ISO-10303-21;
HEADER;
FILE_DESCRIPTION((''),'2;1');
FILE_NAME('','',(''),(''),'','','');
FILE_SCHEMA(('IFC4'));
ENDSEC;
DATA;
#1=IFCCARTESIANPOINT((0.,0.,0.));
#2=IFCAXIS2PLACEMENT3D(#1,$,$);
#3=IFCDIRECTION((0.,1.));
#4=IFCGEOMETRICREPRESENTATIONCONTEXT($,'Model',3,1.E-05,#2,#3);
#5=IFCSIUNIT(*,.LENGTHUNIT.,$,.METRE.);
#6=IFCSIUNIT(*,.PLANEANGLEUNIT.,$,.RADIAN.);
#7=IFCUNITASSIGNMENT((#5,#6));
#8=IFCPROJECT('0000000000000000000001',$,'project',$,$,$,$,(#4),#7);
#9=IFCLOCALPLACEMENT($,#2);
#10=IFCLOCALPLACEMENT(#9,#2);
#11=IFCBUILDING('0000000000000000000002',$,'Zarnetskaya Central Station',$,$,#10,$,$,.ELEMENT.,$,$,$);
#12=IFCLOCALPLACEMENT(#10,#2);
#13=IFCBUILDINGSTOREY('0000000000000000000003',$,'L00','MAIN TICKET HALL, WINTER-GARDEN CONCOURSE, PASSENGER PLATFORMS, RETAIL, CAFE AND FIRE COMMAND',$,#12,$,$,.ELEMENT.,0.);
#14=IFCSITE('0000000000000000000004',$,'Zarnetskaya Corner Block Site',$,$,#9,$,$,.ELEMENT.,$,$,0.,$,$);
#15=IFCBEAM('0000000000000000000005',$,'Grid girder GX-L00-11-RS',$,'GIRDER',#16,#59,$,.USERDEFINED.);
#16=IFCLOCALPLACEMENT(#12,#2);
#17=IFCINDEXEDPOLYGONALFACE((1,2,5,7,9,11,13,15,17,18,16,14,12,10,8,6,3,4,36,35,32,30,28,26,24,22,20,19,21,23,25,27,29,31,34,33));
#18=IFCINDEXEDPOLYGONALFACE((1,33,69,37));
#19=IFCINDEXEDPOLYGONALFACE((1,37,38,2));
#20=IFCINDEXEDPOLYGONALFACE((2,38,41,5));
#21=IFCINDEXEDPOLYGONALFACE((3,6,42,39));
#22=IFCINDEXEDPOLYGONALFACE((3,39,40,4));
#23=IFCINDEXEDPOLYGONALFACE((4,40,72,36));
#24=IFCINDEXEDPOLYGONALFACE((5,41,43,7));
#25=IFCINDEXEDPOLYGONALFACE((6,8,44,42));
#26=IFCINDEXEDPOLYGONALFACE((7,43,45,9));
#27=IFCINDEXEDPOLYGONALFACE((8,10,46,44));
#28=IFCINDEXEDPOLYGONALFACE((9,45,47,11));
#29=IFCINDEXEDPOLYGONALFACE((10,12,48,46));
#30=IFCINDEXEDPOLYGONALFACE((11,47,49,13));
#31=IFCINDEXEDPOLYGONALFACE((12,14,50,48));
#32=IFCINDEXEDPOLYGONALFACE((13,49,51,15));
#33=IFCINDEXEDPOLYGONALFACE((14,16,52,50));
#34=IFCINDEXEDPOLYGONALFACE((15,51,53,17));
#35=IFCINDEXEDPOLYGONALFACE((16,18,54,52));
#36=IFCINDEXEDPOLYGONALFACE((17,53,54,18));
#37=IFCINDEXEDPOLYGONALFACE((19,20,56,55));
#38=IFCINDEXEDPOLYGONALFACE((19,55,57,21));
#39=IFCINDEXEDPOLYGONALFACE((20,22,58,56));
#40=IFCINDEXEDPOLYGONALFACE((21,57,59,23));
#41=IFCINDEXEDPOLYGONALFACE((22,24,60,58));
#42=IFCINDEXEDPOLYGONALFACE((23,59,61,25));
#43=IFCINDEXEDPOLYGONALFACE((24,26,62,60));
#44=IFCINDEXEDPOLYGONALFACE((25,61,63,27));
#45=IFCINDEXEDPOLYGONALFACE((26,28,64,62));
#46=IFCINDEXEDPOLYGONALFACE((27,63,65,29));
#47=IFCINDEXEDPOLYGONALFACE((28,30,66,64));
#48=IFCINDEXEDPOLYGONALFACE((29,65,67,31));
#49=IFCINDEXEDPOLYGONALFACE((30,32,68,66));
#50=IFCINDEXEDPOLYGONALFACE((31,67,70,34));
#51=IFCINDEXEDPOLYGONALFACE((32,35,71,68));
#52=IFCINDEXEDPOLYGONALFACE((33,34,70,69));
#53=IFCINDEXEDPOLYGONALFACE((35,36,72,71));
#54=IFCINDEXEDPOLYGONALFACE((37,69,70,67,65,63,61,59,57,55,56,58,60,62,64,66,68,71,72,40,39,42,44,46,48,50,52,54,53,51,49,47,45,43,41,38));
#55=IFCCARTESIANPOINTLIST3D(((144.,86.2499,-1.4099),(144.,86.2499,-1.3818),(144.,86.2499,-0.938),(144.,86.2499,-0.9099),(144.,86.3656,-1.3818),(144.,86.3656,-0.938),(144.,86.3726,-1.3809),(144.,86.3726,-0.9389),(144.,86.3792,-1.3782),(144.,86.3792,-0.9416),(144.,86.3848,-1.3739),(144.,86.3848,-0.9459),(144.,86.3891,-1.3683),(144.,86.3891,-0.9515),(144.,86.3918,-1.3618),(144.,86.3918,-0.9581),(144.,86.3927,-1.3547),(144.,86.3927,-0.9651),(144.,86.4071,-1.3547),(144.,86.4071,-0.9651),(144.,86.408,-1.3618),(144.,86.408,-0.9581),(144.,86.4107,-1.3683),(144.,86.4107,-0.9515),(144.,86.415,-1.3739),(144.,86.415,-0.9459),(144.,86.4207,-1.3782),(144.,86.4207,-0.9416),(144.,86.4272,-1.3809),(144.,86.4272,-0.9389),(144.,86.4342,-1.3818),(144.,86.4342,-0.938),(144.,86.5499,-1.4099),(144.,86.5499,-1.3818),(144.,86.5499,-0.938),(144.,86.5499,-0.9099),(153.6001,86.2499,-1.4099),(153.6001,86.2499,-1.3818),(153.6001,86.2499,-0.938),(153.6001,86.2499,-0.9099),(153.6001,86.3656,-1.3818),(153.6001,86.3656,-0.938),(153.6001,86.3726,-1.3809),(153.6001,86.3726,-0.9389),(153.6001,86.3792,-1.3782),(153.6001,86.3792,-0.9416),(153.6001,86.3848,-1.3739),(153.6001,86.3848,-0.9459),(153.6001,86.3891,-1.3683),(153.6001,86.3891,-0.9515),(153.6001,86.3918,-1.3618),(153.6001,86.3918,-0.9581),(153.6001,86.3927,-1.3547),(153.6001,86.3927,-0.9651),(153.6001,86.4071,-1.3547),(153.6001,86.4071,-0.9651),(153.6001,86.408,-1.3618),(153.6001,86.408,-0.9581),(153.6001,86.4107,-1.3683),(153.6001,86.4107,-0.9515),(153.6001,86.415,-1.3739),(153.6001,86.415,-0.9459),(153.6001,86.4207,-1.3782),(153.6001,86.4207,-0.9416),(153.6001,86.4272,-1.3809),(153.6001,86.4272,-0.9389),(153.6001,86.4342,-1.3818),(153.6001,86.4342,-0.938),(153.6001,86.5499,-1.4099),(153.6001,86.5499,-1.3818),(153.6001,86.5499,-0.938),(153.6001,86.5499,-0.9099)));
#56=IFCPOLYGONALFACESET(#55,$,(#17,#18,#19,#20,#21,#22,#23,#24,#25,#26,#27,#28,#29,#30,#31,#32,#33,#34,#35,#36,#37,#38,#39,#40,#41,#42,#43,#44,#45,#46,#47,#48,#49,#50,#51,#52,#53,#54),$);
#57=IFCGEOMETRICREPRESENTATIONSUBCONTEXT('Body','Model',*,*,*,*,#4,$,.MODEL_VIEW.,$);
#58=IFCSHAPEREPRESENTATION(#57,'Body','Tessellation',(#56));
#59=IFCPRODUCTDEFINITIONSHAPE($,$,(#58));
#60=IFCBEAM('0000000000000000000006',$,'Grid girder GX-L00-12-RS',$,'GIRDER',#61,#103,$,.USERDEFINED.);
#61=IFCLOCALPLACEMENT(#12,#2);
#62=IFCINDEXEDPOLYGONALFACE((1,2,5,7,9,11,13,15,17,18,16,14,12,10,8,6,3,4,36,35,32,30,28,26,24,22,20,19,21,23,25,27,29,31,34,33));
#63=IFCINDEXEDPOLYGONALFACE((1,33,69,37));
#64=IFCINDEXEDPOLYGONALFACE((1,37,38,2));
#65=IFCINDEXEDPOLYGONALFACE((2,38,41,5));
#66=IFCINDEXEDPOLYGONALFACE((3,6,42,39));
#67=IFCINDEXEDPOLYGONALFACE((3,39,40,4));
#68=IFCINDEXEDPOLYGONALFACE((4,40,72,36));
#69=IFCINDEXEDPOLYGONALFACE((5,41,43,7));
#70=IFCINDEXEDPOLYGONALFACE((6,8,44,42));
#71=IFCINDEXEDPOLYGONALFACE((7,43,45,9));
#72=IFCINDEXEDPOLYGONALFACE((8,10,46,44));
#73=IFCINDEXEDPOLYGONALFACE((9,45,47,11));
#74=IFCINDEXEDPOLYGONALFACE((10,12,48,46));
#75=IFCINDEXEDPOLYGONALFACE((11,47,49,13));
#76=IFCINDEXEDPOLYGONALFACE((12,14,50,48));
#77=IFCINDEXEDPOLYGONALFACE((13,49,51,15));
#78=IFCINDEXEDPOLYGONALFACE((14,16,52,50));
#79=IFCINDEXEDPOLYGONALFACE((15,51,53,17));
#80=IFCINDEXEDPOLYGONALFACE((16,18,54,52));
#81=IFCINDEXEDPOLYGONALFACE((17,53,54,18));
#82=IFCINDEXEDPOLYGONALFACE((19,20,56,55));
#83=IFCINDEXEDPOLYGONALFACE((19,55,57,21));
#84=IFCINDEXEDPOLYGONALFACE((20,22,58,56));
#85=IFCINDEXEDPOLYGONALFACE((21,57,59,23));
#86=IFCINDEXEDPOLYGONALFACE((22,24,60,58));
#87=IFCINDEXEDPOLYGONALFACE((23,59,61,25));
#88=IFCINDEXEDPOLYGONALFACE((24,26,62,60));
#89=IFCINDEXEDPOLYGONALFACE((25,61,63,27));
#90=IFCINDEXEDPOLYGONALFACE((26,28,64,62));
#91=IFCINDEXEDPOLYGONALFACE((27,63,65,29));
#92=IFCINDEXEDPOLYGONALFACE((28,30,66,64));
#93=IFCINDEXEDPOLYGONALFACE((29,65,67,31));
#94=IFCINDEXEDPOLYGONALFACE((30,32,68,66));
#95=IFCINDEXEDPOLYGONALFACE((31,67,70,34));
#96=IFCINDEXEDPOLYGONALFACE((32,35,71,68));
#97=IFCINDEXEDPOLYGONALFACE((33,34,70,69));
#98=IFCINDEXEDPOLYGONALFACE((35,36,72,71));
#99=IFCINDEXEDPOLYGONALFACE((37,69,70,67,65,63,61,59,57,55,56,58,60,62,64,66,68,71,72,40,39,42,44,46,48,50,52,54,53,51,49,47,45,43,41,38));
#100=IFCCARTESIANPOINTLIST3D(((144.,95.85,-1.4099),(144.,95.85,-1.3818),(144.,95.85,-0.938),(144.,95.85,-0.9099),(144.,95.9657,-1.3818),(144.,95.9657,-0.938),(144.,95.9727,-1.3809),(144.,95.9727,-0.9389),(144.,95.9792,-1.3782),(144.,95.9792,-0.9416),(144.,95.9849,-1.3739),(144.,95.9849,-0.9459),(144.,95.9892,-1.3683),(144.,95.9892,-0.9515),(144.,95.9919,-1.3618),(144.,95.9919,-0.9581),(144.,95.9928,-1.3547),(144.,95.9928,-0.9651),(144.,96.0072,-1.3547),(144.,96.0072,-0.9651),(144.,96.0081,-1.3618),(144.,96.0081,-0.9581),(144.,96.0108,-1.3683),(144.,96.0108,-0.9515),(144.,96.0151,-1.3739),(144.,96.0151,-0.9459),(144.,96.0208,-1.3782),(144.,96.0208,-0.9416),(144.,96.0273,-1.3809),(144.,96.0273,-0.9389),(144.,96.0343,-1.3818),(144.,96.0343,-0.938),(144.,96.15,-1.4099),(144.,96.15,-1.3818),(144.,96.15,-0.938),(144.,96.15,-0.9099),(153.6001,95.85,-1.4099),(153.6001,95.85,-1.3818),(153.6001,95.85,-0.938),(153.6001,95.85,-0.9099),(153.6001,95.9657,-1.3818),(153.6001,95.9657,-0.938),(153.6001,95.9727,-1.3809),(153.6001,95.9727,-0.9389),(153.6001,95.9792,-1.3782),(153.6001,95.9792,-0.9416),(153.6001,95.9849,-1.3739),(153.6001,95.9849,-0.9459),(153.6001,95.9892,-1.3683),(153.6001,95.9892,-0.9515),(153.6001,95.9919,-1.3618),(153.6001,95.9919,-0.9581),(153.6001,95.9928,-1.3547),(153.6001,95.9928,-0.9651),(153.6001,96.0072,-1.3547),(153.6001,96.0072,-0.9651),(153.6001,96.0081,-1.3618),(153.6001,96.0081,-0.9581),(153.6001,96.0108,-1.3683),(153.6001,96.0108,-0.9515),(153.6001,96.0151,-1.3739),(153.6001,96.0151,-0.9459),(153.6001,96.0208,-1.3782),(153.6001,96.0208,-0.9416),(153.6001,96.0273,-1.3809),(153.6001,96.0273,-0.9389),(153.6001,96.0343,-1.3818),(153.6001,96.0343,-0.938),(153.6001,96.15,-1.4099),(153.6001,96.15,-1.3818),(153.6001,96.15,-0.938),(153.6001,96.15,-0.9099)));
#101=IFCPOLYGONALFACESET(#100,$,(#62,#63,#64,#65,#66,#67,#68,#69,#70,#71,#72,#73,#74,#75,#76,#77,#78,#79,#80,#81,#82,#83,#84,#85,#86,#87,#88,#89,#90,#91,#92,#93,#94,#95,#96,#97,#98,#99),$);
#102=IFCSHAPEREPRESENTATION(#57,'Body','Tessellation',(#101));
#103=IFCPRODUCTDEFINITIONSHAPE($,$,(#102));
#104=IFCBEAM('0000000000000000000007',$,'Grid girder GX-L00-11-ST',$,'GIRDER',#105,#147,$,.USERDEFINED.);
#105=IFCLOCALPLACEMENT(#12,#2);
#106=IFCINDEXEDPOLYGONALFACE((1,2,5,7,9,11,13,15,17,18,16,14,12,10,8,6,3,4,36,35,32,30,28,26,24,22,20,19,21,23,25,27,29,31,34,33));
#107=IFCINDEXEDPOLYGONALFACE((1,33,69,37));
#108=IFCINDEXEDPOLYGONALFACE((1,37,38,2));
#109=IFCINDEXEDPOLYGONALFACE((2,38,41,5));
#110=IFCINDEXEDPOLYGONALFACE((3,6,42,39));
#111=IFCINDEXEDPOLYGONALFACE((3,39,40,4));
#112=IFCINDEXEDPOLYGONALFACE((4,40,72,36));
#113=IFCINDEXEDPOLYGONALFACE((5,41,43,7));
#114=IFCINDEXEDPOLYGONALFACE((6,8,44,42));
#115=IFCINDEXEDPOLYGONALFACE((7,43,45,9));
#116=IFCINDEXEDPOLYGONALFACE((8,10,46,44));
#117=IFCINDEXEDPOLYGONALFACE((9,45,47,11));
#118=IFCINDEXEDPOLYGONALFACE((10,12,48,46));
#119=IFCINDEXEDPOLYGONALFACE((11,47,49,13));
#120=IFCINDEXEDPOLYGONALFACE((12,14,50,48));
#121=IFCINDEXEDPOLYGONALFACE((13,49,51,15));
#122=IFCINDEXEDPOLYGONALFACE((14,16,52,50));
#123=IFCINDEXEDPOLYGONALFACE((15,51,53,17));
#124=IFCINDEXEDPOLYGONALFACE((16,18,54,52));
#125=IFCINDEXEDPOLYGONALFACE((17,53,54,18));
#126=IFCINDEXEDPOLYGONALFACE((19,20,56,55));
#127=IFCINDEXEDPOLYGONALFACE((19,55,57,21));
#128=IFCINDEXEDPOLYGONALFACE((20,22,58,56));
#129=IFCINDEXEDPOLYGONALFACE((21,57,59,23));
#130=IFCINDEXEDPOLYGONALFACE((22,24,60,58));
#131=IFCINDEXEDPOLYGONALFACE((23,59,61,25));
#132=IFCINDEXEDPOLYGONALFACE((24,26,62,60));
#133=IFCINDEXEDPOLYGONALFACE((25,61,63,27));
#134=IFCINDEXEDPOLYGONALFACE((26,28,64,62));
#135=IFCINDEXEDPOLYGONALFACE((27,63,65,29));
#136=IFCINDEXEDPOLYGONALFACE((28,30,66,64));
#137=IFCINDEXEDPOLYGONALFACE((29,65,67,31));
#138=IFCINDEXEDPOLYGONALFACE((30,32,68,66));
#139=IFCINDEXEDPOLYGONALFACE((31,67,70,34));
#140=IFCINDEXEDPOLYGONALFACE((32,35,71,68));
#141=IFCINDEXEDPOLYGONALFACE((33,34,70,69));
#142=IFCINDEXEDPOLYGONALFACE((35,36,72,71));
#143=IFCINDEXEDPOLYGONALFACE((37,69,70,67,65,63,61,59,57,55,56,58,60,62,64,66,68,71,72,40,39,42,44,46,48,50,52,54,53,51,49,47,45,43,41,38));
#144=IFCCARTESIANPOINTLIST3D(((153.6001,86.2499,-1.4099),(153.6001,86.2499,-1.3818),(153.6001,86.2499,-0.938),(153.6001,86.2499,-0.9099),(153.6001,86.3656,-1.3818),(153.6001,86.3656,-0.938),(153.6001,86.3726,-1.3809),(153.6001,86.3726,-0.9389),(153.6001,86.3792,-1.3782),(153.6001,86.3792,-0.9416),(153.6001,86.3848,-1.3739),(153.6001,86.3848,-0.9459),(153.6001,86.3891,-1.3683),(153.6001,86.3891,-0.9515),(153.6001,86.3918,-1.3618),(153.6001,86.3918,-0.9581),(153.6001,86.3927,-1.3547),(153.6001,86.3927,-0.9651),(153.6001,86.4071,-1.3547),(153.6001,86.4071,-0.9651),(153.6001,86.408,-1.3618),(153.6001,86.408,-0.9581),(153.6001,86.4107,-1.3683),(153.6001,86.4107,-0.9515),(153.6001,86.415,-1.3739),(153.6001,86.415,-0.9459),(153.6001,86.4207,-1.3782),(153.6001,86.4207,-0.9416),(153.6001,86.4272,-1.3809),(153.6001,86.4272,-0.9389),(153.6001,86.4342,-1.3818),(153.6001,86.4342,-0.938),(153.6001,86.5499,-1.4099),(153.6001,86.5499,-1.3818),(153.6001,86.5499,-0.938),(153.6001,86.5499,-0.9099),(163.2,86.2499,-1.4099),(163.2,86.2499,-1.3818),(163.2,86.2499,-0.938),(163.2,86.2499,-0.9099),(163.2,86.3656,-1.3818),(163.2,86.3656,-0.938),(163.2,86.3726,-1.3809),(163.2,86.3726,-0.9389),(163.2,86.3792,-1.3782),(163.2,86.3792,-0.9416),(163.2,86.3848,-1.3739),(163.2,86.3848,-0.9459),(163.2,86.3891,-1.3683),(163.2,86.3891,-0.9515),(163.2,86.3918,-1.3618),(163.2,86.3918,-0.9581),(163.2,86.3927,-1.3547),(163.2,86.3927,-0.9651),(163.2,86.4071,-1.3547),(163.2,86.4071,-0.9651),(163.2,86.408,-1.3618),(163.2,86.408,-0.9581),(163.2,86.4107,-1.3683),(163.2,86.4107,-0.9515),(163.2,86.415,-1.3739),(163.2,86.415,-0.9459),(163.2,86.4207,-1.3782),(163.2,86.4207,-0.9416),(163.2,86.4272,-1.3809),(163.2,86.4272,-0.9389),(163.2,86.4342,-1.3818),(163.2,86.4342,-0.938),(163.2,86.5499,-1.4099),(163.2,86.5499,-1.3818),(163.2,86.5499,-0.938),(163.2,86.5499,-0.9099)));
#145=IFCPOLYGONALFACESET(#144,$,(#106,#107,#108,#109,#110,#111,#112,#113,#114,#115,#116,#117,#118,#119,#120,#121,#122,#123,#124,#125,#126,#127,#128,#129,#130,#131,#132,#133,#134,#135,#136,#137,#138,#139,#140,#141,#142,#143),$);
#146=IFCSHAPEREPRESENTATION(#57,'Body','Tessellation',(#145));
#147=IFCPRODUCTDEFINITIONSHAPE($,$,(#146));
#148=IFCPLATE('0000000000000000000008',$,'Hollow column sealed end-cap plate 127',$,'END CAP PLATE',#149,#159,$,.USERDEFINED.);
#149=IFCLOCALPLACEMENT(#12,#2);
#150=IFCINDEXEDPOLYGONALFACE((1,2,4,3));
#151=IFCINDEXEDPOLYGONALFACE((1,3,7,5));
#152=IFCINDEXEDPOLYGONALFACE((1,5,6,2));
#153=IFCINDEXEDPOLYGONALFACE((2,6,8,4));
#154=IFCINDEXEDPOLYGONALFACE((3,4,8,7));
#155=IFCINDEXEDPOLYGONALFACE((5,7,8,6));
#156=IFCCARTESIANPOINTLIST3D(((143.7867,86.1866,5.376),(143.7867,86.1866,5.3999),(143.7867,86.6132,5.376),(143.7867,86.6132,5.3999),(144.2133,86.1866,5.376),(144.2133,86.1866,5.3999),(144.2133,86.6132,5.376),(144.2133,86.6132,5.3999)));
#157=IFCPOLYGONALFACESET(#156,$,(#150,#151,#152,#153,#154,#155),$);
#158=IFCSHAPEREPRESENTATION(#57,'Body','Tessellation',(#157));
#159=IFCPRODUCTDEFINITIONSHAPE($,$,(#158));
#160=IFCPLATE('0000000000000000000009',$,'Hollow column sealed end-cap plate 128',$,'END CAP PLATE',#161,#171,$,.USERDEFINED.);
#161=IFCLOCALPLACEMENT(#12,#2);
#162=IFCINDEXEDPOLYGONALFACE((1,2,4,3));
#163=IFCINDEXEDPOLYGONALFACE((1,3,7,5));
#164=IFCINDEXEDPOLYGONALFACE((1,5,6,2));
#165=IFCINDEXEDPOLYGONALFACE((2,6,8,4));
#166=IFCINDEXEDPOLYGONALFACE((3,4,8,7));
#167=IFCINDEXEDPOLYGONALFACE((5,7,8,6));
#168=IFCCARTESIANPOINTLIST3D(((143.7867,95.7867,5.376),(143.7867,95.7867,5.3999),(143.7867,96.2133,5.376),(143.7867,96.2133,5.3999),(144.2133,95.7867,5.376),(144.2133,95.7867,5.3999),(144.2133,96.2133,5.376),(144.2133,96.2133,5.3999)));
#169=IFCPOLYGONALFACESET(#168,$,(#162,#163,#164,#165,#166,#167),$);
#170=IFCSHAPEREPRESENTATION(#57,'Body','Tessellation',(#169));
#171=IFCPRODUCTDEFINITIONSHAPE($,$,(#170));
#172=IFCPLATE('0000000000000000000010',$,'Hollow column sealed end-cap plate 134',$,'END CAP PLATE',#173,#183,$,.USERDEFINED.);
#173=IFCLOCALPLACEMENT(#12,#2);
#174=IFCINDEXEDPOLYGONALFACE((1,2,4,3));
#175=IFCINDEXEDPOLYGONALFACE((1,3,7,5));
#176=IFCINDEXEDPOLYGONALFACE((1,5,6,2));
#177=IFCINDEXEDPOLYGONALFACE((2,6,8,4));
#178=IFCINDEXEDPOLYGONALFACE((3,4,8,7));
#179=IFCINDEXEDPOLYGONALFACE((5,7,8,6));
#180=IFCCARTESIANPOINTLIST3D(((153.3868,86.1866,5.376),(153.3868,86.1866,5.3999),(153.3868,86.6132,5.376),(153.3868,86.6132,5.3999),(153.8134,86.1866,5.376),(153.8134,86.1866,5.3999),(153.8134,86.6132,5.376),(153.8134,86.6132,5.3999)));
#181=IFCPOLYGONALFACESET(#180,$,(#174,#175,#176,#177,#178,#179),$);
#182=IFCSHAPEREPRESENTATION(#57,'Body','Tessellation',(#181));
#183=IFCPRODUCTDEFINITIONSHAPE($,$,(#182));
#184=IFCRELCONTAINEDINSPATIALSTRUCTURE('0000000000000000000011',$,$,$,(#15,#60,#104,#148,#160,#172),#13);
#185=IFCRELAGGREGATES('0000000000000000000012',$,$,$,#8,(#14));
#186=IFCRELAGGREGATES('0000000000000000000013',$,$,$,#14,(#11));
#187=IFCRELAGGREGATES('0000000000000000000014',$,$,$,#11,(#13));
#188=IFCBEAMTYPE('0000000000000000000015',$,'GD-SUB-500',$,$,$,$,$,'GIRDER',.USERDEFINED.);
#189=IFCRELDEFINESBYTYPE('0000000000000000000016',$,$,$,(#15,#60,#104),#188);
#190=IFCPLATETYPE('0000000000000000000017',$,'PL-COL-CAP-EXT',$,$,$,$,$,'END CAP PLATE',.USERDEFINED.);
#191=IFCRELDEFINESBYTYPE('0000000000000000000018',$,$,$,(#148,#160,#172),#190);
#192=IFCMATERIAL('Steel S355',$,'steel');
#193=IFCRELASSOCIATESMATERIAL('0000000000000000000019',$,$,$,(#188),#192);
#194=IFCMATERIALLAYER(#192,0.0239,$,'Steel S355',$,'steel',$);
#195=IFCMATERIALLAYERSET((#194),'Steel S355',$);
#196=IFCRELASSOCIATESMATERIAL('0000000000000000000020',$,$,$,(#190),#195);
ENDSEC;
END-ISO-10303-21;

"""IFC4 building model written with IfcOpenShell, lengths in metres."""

from ifc_helpers import new_model, si_unit, direction, frame, origin, origin_2d, place, context, subcontext, project, spatial, rectangle, i_section, extrude, material, layer, layer_set, material_profile, profile_set, type_object, element, save


model = new_model("IFC4")

# Units and contexts
model_context = context("Model", 3, precision=1e-05, world=origin(), true_north=direction((0.0, 1.0)))
body_context = subcontext(model_context, "Body", "Model", "MODEL_VIEW")
ifc_project = project(units=[si_unit("LENGTHUNIT", "METRE"), si_unit("PLANEANGLEUNIT", "RADIAN")], contexts=[model_context])

# Site, building, storey
site_placement = place(None, origin())
site = spatial("IfcSite", under=ifc_project, at=site_placement, Name="Zarnetskaya Corner Block Site", CompositionType="ELEMENT", RefElevation=0.0)
building_placement = place(site_placement, origin())
building = spatial("IfcBuilding", under=site, at=building_placement, Name="Zarnetskaya Central Station", CompositionType="ELEMENT")
storey_placement = place(building_placement, origin())
storey = spatial("IfcBuildingStorey", under=building, at=storey_placement, Name="L00", Description="MAIN TICKET HALL, WINTER-GARDEN CONCOURSE, PASSENGER PLATFORMS, RETAIL, CAFE AND FIRE COMMAND", CompositionType="ELEMENT", Elevation=0.0)

# Shared definitions
ifc_material = material(Name="Steel S355", Category="steel")

# Beams
ifc_material_profile_1 = material_profile(ifc_material, i_section(OverallWidth=0.3, OverallDepth=0.5, WebThickness=0.0144, FlangeThickness=0.0281, FilletRadius=0.0271, at=origin_2d()), Name="HEB 500")
ifc_profile_set_1 = profile_set([ifc_material_profile_1], Name="Steel S355")
beam_type_1 = type_object("IfcBeamType", Name="GD-SUB-500", ElementType="GIRDER", PredefinedType="USERDEFINED", material=ifc_profile_set_1)
for number, where, z_axis, x_axis, name in (
    (1, (144.0, 86.3999, -1.1599), (1.0, 0.0, 0.0), (0.0, 1.0, 0.0), "Grid girder GX-L00-11-RS"),
    (2, (144.0, 96.0, -1.1599), (1.0, 0.0, 0.0), (0.0, 1.0, 0.0), "Grid girder GX-L00-12-RS"),
):
    element("IfcBeam", number, at=place(storey_placement, frame(where, z_axis=z_axis, x_axis=x_axis)), inside=storey, type_object=beam_type_1, Name=name, ObjectType="GIRDER", PredefinedType="USERDEFINED", context=body_context, shape_type="SweptSolid", body=[
        extrude(i_section(OverallWidth=0.3, OverallDepth=0.5, WebThickness=0.0144, FlangeThickness=0.0281, FilletRadius=0.0271, at=origin_2d()), origin(), (0.0, 0.0, 1.0), 9.6001),
    ])
beam_1_placement = place(storey_placement, frame((153.6001, 86.3999, -1.1599), z_axis=(1.0, 0.0, 0.0), x_axis=(0.0, 1.0, 0.0)))
element("IfcBeam", 3, at=beam_1_placement, inside=storey, type_object=beam_type_1, Name="Grid girder GX-L00-11-ST", ObjectType="GIRDER", PredefinedType="USERDEFINED", context=body_context, shape_type="SweptSolid", body=[
    extrude(i_section(OverallWidth=0.3, OverallDepth=0.5, WebThickness=0.0144, FlangeThickness=0.0281, FilletRadius=0.0271, at=origin_2d()), origin(), (0.0, 0.0, 1.0), 9.5999),
])

# Plates
ifc_layer = layer(ifc_material, 0.0239, Name="Steel S355", Category="steel")
ifc_layer_set = layer_set([ifc_layer], Name="Steel S355")
plate_type = type_object("IfcPlateType", Name="PL-COL-CAP-EXT", ElementType="END CAP PLATE", PredefinedType="USERDEFINED", material=ifc_layer_set)
for number, where, z_axis, x_axis, name in (
    (4, (144.0, 86.3999, 5.376), (0.0, 0.0, 1.0), (1.0, 0.0, 0.0), "Hollow column sealed end-cap plate 127"),
    (5, (144.0, 96.0, 5.376), (0.0, 0.0, 1.0), (1.0, 0.0, 0.0), "Hollow column sealed end-cap plate 128"),
    (6, (153.6001, 86.3999, 5.376), (0.0, 0.0, 1.0), (1.0, 0.0, 0.0), "Hollow column sealed end-cap plate 134"),
):
    element("IfcPlate", number, at=place(storey_placement, frame(where, z_axis=z_axis, x_axis=x_axis)), inside=storey, type_object=plate_type, Name=name, ObjectType="END CAP PLATE", PredefinedType="USERDEFINED", context=body_context, shape_type="SweptSolid", body=[
        extrude(rectangle(XDim=0.4265, YDim=0.4265, at=origin_2d()), origin(), (0.0, 0.0, 1.0), 0.0239),
    ])

save(model, "model.ifc")
